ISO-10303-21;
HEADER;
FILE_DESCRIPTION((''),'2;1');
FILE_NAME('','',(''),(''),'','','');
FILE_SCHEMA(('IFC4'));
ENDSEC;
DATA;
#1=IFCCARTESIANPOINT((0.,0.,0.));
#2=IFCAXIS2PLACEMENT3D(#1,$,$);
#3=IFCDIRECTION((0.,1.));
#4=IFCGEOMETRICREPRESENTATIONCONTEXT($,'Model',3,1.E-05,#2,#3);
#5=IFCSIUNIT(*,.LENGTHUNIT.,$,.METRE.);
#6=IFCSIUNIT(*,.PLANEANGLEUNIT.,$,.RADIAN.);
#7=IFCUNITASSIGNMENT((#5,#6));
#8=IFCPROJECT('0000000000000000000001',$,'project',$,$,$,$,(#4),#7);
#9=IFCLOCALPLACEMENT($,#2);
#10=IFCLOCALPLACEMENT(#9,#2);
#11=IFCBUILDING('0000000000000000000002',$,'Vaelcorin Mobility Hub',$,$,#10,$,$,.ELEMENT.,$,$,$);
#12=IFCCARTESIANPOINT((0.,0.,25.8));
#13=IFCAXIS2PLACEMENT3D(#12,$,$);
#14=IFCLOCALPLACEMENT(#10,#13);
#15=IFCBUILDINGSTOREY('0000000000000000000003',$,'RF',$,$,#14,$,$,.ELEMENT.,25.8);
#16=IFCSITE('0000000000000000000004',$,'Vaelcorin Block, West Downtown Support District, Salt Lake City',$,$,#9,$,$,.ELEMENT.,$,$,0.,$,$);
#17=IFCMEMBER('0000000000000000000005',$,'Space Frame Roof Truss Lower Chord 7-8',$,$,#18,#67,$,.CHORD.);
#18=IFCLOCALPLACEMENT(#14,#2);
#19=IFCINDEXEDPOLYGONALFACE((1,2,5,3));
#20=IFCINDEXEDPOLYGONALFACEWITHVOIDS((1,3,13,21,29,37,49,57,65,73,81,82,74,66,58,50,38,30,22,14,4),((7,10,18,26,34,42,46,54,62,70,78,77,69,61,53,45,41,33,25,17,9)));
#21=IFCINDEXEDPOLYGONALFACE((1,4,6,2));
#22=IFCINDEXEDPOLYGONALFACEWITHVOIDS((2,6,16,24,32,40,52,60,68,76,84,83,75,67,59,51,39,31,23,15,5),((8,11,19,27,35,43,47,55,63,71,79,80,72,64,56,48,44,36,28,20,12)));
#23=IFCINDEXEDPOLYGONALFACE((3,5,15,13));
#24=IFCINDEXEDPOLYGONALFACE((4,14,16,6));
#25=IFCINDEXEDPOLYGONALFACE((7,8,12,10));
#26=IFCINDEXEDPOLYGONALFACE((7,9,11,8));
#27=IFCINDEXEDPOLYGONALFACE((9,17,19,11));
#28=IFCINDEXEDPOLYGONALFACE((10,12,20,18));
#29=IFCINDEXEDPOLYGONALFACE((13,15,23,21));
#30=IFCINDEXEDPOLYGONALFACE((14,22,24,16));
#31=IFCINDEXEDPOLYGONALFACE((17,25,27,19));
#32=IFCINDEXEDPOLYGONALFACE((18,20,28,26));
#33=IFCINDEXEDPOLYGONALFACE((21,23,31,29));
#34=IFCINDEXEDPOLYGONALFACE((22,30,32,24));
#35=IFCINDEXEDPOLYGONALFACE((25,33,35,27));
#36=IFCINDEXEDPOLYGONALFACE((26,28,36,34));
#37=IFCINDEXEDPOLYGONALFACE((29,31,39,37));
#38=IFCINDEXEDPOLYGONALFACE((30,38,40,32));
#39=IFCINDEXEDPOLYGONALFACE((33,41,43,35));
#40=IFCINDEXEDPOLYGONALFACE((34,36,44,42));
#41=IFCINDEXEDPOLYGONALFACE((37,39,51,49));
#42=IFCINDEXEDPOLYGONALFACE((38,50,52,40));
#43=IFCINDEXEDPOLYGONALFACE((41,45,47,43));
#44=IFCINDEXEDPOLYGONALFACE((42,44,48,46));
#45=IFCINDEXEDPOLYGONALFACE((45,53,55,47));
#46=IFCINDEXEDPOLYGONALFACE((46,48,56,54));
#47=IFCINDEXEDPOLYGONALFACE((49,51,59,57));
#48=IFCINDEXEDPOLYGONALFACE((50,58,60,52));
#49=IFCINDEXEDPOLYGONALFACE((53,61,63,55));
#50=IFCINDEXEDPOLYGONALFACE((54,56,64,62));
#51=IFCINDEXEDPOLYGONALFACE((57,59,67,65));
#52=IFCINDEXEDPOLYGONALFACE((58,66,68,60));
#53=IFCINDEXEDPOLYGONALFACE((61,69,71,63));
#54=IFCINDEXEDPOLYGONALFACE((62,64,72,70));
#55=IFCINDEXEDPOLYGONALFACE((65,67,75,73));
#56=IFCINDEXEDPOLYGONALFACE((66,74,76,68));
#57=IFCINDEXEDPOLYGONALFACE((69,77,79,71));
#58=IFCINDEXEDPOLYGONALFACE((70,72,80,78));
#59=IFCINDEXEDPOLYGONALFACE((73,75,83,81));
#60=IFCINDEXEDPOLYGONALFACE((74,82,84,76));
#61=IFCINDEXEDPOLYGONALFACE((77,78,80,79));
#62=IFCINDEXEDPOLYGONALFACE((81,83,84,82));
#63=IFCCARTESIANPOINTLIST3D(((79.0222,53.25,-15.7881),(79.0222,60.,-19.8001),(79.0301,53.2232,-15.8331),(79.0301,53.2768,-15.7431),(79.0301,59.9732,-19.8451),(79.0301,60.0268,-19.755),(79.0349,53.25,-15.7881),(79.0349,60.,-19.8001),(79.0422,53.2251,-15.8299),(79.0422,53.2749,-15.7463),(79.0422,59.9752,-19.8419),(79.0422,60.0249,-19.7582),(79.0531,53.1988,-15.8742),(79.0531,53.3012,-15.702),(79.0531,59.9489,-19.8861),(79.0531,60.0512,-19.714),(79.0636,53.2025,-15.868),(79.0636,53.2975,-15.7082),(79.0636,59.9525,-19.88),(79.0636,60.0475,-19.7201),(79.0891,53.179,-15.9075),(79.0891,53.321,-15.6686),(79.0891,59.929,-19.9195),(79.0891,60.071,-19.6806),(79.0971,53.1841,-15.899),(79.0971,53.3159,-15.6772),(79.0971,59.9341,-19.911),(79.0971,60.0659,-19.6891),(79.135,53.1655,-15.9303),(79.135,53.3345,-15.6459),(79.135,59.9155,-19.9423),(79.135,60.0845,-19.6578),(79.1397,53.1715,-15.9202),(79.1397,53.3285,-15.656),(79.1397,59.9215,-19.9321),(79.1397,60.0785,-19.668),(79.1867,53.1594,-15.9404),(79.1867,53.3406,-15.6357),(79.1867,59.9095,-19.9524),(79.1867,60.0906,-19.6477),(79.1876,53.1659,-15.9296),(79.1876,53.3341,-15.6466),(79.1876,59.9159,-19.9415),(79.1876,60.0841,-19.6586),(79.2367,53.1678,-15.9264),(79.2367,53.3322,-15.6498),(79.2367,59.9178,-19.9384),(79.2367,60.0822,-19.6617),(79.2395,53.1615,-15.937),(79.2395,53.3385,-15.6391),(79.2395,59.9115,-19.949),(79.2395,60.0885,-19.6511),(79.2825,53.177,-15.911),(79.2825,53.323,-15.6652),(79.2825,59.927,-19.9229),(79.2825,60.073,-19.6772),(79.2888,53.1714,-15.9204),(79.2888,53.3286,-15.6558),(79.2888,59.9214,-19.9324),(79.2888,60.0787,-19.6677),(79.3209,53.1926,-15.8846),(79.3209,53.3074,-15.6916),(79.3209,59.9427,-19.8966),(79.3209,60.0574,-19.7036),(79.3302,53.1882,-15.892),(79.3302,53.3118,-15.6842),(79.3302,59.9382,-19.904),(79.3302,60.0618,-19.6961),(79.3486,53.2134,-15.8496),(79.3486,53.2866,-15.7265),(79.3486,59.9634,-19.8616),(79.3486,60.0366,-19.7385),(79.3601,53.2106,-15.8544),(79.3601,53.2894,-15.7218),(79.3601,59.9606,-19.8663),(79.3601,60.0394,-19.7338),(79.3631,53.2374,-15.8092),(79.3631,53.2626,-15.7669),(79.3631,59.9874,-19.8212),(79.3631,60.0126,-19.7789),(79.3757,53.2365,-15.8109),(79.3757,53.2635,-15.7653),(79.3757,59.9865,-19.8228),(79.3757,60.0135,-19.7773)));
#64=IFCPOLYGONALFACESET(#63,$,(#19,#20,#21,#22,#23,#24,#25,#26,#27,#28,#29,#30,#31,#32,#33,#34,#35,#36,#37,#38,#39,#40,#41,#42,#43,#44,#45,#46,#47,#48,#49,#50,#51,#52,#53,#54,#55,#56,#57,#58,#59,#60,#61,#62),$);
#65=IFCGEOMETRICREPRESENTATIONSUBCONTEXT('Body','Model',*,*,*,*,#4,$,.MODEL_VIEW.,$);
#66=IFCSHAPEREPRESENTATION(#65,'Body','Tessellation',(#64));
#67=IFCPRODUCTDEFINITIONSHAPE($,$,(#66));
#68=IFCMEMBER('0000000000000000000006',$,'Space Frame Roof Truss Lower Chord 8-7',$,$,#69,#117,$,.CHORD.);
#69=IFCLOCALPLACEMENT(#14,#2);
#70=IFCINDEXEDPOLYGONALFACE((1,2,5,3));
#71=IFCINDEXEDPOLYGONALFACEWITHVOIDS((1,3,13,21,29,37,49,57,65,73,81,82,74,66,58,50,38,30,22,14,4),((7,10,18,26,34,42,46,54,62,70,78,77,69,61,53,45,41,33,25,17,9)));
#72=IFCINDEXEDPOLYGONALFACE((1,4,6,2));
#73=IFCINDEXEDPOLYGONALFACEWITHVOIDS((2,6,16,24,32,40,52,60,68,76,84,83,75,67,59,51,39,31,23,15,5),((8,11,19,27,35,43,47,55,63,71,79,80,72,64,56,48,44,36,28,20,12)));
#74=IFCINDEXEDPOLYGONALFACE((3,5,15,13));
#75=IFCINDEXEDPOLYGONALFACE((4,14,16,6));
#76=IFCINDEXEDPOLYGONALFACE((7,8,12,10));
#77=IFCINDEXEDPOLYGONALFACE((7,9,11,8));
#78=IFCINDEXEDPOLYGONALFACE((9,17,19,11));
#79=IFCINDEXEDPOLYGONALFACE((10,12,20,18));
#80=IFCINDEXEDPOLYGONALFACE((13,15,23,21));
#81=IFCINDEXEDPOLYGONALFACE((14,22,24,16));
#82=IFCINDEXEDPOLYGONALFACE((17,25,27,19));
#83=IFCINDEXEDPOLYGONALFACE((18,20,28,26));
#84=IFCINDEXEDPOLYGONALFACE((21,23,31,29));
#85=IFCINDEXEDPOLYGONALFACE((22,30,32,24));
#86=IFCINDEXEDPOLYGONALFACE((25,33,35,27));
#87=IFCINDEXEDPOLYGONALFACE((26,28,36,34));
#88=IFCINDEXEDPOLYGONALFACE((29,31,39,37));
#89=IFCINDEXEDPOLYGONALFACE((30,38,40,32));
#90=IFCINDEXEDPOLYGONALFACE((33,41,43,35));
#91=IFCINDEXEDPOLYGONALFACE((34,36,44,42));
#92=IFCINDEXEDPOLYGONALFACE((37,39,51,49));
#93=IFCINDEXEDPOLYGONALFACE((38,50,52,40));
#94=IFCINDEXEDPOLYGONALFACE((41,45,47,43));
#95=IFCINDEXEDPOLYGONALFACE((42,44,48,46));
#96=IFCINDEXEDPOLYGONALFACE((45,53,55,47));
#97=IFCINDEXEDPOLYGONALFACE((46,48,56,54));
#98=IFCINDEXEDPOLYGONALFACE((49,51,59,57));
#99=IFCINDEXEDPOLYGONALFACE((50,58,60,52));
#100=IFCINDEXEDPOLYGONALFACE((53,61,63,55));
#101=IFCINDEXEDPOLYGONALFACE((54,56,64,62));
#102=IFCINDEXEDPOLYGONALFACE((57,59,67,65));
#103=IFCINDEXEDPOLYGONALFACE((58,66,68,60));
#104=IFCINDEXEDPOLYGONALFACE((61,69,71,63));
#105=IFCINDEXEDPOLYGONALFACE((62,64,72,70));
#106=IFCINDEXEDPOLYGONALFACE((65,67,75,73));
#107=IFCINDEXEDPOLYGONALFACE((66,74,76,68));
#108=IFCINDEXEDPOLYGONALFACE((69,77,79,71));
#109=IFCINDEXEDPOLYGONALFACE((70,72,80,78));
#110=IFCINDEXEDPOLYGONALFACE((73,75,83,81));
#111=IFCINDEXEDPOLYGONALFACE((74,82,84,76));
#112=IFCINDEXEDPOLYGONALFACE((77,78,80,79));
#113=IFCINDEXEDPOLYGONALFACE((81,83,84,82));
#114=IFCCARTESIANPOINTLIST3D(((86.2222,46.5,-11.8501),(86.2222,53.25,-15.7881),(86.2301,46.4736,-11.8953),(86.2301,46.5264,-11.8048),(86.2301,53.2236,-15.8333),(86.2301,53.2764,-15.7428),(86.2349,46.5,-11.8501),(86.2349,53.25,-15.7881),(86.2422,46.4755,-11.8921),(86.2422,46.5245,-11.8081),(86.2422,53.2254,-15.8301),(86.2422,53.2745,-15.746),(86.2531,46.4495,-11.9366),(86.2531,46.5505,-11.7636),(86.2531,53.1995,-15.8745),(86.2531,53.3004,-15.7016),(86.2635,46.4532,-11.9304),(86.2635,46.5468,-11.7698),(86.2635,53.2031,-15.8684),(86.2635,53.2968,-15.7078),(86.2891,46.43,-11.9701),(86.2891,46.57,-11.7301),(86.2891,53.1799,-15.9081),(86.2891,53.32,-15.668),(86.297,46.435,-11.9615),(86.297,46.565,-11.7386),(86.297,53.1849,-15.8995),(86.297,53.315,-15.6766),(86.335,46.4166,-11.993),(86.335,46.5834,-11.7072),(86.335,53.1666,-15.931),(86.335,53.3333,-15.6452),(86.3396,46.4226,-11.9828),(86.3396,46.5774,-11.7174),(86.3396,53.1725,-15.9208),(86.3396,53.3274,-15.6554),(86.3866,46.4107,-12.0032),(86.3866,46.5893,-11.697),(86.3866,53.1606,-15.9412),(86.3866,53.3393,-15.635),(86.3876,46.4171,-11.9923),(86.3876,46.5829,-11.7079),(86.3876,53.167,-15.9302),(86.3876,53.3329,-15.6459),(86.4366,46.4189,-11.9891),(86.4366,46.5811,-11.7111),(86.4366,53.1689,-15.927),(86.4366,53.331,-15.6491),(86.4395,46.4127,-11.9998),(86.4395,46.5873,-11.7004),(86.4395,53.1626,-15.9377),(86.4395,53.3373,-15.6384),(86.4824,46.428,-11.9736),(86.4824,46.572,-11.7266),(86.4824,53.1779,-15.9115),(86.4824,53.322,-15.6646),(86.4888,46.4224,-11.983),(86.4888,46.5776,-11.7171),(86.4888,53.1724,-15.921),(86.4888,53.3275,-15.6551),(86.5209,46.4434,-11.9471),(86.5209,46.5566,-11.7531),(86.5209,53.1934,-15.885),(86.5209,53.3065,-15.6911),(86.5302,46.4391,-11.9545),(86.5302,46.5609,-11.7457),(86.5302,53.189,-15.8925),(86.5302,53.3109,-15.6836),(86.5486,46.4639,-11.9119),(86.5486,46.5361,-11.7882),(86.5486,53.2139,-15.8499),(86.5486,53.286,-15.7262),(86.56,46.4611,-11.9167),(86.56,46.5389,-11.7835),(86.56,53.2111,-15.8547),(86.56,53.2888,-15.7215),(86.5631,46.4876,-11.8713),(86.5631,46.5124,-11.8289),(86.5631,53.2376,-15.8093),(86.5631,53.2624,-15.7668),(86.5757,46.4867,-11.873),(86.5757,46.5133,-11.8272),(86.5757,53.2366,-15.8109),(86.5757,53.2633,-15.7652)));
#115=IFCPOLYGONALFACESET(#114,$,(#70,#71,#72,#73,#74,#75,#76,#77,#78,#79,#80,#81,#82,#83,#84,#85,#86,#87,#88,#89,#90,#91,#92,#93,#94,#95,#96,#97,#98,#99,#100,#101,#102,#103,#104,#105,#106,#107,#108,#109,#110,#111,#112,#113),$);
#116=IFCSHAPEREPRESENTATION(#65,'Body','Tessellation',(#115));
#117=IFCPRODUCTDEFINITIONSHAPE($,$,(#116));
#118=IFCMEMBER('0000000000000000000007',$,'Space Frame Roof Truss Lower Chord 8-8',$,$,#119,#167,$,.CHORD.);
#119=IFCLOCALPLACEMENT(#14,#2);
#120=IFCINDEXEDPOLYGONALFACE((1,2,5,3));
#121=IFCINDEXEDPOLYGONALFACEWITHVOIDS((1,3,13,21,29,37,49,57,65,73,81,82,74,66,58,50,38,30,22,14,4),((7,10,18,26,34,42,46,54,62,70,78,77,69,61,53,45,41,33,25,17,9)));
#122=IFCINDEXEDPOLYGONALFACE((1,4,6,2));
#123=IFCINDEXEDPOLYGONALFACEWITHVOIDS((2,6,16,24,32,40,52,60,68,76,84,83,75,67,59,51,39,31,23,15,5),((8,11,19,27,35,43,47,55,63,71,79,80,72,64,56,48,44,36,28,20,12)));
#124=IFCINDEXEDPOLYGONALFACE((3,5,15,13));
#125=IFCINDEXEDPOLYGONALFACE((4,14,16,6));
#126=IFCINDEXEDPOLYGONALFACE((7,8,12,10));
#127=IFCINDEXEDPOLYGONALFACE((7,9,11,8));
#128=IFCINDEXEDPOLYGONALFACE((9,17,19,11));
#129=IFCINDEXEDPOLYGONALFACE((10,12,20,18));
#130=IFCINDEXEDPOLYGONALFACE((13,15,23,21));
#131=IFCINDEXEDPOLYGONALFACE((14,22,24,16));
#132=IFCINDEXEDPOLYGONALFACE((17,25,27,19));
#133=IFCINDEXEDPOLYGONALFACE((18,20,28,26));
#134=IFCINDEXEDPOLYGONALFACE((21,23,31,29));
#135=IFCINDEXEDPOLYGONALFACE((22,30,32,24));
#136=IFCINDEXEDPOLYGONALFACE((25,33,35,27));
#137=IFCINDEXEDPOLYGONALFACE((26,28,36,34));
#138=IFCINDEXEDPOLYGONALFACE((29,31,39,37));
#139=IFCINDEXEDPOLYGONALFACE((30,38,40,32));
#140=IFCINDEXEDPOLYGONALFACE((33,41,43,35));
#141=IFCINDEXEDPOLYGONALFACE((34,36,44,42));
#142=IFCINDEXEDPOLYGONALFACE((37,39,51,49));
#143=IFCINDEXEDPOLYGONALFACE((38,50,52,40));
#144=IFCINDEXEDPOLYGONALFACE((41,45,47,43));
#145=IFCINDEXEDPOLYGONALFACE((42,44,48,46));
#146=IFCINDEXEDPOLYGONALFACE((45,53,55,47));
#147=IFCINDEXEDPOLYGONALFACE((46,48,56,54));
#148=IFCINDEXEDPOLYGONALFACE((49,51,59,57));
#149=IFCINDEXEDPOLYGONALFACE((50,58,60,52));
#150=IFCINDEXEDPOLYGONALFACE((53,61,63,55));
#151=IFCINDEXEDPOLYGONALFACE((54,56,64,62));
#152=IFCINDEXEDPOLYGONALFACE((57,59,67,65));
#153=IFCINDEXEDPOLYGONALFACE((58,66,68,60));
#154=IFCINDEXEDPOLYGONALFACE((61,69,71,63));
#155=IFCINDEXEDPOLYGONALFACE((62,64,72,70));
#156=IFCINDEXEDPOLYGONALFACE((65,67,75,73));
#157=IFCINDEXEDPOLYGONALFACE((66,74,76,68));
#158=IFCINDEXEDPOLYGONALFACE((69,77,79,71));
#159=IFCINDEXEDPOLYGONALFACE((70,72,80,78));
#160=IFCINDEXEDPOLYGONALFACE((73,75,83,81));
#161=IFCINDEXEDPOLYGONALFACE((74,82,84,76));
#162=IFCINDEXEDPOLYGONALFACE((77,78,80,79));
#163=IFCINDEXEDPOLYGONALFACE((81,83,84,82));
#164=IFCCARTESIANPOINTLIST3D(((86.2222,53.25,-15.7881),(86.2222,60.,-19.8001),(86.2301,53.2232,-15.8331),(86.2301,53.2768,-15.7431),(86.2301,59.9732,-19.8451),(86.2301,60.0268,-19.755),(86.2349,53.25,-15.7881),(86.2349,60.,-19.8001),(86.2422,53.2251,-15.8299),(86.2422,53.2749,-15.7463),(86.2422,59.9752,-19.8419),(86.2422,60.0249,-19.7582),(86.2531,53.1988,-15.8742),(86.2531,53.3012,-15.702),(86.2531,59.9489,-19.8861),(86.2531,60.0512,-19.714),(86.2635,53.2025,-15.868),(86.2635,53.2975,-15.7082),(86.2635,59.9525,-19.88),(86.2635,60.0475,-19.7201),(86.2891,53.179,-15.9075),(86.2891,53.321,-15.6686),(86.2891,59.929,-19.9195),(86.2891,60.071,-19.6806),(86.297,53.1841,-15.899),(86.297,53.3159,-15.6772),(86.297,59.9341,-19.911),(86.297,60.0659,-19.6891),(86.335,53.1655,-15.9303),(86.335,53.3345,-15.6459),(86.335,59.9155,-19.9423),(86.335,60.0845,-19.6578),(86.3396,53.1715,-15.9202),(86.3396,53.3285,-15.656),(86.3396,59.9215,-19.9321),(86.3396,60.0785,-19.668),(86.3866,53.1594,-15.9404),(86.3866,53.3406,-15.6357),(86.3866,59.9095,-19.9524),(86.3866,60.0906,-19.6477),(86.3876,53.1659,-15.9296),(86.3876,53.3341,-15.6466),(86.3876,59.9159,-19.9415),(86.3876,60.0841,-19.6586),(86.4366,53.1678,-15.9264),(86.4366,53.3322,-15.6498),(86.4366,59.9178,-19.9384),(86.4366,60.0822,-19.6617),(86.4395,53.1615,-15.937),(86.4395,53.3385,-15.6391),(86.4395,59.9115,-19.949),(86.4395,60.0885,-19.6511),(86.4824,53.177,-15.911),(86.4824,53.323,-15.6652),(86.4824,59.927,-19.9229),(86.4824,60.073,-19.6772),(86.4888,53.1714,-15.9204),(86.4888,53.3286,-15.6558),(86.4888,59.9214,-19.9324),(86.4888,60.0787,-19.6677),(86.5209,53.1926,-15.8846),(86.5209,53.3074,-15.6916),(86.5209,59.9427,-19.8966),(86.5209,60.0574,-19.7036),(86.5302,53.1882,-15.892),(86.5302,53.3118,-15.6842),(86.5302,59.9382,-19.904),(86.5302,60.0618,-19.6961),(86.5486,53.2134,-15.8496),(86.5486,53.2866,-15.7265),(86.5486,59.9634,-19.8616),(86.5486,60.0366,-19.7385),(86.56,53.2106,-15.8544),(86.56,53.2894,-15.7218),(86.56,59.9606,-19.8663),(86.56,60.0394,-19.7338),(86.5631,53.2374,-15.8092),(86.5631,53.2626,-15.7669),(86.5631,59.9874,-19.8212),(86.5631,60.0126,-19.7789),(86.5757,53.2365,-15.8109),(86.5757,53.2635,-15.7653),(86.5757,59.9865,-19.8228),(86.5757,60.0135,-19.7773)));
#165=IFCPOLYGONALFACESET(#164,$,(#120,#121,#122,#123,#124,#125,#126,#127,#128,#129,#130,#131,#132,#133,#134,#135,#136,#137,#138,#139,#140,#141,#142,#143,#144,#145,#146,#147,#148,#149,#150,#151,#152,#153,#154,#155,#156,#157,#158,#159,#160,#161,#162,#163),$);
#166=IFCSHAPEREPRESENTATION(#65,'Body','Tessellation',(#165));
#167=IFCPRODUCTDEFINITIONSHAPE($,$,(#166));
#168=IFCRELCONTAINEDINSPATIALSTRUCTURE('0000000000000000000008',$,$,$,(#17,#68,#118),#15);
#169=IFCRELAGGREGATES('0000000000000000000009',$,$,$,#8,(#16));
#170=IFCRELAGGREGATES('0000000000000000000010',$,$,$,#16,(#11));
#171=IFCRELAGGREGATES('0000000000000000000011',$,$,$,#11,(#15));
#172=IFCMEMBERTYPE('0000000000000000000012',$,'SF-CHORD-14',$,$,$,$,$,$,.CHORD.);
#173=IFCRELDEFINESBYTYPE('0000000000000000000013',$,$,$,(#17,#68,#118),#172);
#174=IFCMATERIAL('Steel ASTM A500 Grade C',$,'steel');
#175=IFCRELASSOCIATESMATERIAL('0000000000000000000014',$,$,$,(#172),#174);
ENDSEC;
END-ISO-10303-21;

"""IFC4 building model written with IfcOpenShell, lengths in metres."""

from ifc_helpers import new_model, si_unit, direction, frame, origin, origin_2d, place, context, subcontext, project, spatial, hollow_circle, extrude, material, material_profile, profile_set, type_object, element, save


model = new_model("IFC4")

# Units and contexts
model_context = context("Model", 3, precision=1e-05, world=origin(), true_north=direction((0.0, 1.0)))
body_context = subcontext(model_context, "Body", "Model", "MODEL_VIEW")
ifc_project = project(units=[si_unit("LENGTHUNIT", "METRE"), si_unit("PLANEANGLEUNIT", "RADIAN")], contexts=[model_context])

# Site, building, storey
site_placement = place(None, origin())
site = spatial("IfcSite", under=ifc_project, at=site_placement, Name="Vaelcorin Block, West Downtown Support District, Salt Lake City", CompositionType="ELEMENT", RefElevation=0.0)
building_placement = place(site_placement, origin())
building = spatial("IfcBuilding", under=site, at=building_placement, Name="Vaelcorin Mobility Hub", CompositionType="ELEMENT")
storey_placement = place(building_placement, frame((0.0, 0.0, 25.8)))
storey = spatial("IfcBuildingStorey", under=building, at=storey_placement, Name="RF", CompositionType="ELEMENT", Elevation=25.8)

# Members
ifc_material_1 = material(Name="Steel ASTM A500 Grade C", Category="steel")
ifc_material_profile_1 = material_profile(ifc_material_1, hollow_circle(Radius=0.1777, WallThickness=0.0127, at=origin_2d()), Name="HSS14.000X0.500")
ifc_profile_set_1 = profile_set([ifc_material_profile_1], Name="Steel ASTM A500 Grade C")
member_type_1 = type_object("IfcMemberType", Name="SF-CHORD-14", PredefinedType="CHORD", material=ifc_profile_set_1)
member_1_placement = place(storey_placement, frame((79.2, 53.25, -15.7881), z_axis=(0.0, 0.859623, -0.510929), x_axis=(-1.0, 0.0, 0.0)))
element("IfcMember", 1, at=member_1_placement, inside=storey, type_object=member_type_1, Name="Space Frame Roof Truss Lower Chord 7-8", PredefinedType="CHORD", context=body_context, shape_type="SweptSolid", body=[
    extrude(hollow_circle(Radius=0.1777, WallThickness=0.0127, at=origin_2d()), origin(), (0.0, 0.0, 1.0), 7.8523),
])
member_2_placement = place(storey_placement, frame((86.3999, 46.5, -11.8501), z_axis=(0.0, 0.863752, -0.503918), x_axis=(-1.0, 0.0, 0.0)))
element("IfcMember", 2, at=member_2_placement, inside=storey, type_object=member_type_1, Name="Space Frame Roof Truss Lower Chord 8-7", PredefinedType="CHORD", context=body_context, shape_type="SweptSolid", body=[
    extrude(hollow_circle(Radius=0.1777, WallThickness=0.0127, at=origin_2d()), origin(), (0.0, 0.0, 1.0), 7.8147),
])
member_3_placement = place(storey_placement, frame((86.3999, 53.25, -15.7881), z_axis=(0.0, 0.859623, -0.510929), x_axis=(-1.0, 0.0, 0.0)))
element("IfcMember", 3, at=member_3_placement, inside=storey, type_object=member_type_1, Name="Space Frame Roof Truss Lower Chord 8-8", PredefinedType="CHORD", context=body_context, shape_type="SweptSolid", body=[
    extrude(hollow_circle(Radius=0.1777, WallThickness=0.0127, at=origin_2d()), origin(), (0.0, 0.0, 1.0), 7.8523),
])

save(model, "model.ifc")
